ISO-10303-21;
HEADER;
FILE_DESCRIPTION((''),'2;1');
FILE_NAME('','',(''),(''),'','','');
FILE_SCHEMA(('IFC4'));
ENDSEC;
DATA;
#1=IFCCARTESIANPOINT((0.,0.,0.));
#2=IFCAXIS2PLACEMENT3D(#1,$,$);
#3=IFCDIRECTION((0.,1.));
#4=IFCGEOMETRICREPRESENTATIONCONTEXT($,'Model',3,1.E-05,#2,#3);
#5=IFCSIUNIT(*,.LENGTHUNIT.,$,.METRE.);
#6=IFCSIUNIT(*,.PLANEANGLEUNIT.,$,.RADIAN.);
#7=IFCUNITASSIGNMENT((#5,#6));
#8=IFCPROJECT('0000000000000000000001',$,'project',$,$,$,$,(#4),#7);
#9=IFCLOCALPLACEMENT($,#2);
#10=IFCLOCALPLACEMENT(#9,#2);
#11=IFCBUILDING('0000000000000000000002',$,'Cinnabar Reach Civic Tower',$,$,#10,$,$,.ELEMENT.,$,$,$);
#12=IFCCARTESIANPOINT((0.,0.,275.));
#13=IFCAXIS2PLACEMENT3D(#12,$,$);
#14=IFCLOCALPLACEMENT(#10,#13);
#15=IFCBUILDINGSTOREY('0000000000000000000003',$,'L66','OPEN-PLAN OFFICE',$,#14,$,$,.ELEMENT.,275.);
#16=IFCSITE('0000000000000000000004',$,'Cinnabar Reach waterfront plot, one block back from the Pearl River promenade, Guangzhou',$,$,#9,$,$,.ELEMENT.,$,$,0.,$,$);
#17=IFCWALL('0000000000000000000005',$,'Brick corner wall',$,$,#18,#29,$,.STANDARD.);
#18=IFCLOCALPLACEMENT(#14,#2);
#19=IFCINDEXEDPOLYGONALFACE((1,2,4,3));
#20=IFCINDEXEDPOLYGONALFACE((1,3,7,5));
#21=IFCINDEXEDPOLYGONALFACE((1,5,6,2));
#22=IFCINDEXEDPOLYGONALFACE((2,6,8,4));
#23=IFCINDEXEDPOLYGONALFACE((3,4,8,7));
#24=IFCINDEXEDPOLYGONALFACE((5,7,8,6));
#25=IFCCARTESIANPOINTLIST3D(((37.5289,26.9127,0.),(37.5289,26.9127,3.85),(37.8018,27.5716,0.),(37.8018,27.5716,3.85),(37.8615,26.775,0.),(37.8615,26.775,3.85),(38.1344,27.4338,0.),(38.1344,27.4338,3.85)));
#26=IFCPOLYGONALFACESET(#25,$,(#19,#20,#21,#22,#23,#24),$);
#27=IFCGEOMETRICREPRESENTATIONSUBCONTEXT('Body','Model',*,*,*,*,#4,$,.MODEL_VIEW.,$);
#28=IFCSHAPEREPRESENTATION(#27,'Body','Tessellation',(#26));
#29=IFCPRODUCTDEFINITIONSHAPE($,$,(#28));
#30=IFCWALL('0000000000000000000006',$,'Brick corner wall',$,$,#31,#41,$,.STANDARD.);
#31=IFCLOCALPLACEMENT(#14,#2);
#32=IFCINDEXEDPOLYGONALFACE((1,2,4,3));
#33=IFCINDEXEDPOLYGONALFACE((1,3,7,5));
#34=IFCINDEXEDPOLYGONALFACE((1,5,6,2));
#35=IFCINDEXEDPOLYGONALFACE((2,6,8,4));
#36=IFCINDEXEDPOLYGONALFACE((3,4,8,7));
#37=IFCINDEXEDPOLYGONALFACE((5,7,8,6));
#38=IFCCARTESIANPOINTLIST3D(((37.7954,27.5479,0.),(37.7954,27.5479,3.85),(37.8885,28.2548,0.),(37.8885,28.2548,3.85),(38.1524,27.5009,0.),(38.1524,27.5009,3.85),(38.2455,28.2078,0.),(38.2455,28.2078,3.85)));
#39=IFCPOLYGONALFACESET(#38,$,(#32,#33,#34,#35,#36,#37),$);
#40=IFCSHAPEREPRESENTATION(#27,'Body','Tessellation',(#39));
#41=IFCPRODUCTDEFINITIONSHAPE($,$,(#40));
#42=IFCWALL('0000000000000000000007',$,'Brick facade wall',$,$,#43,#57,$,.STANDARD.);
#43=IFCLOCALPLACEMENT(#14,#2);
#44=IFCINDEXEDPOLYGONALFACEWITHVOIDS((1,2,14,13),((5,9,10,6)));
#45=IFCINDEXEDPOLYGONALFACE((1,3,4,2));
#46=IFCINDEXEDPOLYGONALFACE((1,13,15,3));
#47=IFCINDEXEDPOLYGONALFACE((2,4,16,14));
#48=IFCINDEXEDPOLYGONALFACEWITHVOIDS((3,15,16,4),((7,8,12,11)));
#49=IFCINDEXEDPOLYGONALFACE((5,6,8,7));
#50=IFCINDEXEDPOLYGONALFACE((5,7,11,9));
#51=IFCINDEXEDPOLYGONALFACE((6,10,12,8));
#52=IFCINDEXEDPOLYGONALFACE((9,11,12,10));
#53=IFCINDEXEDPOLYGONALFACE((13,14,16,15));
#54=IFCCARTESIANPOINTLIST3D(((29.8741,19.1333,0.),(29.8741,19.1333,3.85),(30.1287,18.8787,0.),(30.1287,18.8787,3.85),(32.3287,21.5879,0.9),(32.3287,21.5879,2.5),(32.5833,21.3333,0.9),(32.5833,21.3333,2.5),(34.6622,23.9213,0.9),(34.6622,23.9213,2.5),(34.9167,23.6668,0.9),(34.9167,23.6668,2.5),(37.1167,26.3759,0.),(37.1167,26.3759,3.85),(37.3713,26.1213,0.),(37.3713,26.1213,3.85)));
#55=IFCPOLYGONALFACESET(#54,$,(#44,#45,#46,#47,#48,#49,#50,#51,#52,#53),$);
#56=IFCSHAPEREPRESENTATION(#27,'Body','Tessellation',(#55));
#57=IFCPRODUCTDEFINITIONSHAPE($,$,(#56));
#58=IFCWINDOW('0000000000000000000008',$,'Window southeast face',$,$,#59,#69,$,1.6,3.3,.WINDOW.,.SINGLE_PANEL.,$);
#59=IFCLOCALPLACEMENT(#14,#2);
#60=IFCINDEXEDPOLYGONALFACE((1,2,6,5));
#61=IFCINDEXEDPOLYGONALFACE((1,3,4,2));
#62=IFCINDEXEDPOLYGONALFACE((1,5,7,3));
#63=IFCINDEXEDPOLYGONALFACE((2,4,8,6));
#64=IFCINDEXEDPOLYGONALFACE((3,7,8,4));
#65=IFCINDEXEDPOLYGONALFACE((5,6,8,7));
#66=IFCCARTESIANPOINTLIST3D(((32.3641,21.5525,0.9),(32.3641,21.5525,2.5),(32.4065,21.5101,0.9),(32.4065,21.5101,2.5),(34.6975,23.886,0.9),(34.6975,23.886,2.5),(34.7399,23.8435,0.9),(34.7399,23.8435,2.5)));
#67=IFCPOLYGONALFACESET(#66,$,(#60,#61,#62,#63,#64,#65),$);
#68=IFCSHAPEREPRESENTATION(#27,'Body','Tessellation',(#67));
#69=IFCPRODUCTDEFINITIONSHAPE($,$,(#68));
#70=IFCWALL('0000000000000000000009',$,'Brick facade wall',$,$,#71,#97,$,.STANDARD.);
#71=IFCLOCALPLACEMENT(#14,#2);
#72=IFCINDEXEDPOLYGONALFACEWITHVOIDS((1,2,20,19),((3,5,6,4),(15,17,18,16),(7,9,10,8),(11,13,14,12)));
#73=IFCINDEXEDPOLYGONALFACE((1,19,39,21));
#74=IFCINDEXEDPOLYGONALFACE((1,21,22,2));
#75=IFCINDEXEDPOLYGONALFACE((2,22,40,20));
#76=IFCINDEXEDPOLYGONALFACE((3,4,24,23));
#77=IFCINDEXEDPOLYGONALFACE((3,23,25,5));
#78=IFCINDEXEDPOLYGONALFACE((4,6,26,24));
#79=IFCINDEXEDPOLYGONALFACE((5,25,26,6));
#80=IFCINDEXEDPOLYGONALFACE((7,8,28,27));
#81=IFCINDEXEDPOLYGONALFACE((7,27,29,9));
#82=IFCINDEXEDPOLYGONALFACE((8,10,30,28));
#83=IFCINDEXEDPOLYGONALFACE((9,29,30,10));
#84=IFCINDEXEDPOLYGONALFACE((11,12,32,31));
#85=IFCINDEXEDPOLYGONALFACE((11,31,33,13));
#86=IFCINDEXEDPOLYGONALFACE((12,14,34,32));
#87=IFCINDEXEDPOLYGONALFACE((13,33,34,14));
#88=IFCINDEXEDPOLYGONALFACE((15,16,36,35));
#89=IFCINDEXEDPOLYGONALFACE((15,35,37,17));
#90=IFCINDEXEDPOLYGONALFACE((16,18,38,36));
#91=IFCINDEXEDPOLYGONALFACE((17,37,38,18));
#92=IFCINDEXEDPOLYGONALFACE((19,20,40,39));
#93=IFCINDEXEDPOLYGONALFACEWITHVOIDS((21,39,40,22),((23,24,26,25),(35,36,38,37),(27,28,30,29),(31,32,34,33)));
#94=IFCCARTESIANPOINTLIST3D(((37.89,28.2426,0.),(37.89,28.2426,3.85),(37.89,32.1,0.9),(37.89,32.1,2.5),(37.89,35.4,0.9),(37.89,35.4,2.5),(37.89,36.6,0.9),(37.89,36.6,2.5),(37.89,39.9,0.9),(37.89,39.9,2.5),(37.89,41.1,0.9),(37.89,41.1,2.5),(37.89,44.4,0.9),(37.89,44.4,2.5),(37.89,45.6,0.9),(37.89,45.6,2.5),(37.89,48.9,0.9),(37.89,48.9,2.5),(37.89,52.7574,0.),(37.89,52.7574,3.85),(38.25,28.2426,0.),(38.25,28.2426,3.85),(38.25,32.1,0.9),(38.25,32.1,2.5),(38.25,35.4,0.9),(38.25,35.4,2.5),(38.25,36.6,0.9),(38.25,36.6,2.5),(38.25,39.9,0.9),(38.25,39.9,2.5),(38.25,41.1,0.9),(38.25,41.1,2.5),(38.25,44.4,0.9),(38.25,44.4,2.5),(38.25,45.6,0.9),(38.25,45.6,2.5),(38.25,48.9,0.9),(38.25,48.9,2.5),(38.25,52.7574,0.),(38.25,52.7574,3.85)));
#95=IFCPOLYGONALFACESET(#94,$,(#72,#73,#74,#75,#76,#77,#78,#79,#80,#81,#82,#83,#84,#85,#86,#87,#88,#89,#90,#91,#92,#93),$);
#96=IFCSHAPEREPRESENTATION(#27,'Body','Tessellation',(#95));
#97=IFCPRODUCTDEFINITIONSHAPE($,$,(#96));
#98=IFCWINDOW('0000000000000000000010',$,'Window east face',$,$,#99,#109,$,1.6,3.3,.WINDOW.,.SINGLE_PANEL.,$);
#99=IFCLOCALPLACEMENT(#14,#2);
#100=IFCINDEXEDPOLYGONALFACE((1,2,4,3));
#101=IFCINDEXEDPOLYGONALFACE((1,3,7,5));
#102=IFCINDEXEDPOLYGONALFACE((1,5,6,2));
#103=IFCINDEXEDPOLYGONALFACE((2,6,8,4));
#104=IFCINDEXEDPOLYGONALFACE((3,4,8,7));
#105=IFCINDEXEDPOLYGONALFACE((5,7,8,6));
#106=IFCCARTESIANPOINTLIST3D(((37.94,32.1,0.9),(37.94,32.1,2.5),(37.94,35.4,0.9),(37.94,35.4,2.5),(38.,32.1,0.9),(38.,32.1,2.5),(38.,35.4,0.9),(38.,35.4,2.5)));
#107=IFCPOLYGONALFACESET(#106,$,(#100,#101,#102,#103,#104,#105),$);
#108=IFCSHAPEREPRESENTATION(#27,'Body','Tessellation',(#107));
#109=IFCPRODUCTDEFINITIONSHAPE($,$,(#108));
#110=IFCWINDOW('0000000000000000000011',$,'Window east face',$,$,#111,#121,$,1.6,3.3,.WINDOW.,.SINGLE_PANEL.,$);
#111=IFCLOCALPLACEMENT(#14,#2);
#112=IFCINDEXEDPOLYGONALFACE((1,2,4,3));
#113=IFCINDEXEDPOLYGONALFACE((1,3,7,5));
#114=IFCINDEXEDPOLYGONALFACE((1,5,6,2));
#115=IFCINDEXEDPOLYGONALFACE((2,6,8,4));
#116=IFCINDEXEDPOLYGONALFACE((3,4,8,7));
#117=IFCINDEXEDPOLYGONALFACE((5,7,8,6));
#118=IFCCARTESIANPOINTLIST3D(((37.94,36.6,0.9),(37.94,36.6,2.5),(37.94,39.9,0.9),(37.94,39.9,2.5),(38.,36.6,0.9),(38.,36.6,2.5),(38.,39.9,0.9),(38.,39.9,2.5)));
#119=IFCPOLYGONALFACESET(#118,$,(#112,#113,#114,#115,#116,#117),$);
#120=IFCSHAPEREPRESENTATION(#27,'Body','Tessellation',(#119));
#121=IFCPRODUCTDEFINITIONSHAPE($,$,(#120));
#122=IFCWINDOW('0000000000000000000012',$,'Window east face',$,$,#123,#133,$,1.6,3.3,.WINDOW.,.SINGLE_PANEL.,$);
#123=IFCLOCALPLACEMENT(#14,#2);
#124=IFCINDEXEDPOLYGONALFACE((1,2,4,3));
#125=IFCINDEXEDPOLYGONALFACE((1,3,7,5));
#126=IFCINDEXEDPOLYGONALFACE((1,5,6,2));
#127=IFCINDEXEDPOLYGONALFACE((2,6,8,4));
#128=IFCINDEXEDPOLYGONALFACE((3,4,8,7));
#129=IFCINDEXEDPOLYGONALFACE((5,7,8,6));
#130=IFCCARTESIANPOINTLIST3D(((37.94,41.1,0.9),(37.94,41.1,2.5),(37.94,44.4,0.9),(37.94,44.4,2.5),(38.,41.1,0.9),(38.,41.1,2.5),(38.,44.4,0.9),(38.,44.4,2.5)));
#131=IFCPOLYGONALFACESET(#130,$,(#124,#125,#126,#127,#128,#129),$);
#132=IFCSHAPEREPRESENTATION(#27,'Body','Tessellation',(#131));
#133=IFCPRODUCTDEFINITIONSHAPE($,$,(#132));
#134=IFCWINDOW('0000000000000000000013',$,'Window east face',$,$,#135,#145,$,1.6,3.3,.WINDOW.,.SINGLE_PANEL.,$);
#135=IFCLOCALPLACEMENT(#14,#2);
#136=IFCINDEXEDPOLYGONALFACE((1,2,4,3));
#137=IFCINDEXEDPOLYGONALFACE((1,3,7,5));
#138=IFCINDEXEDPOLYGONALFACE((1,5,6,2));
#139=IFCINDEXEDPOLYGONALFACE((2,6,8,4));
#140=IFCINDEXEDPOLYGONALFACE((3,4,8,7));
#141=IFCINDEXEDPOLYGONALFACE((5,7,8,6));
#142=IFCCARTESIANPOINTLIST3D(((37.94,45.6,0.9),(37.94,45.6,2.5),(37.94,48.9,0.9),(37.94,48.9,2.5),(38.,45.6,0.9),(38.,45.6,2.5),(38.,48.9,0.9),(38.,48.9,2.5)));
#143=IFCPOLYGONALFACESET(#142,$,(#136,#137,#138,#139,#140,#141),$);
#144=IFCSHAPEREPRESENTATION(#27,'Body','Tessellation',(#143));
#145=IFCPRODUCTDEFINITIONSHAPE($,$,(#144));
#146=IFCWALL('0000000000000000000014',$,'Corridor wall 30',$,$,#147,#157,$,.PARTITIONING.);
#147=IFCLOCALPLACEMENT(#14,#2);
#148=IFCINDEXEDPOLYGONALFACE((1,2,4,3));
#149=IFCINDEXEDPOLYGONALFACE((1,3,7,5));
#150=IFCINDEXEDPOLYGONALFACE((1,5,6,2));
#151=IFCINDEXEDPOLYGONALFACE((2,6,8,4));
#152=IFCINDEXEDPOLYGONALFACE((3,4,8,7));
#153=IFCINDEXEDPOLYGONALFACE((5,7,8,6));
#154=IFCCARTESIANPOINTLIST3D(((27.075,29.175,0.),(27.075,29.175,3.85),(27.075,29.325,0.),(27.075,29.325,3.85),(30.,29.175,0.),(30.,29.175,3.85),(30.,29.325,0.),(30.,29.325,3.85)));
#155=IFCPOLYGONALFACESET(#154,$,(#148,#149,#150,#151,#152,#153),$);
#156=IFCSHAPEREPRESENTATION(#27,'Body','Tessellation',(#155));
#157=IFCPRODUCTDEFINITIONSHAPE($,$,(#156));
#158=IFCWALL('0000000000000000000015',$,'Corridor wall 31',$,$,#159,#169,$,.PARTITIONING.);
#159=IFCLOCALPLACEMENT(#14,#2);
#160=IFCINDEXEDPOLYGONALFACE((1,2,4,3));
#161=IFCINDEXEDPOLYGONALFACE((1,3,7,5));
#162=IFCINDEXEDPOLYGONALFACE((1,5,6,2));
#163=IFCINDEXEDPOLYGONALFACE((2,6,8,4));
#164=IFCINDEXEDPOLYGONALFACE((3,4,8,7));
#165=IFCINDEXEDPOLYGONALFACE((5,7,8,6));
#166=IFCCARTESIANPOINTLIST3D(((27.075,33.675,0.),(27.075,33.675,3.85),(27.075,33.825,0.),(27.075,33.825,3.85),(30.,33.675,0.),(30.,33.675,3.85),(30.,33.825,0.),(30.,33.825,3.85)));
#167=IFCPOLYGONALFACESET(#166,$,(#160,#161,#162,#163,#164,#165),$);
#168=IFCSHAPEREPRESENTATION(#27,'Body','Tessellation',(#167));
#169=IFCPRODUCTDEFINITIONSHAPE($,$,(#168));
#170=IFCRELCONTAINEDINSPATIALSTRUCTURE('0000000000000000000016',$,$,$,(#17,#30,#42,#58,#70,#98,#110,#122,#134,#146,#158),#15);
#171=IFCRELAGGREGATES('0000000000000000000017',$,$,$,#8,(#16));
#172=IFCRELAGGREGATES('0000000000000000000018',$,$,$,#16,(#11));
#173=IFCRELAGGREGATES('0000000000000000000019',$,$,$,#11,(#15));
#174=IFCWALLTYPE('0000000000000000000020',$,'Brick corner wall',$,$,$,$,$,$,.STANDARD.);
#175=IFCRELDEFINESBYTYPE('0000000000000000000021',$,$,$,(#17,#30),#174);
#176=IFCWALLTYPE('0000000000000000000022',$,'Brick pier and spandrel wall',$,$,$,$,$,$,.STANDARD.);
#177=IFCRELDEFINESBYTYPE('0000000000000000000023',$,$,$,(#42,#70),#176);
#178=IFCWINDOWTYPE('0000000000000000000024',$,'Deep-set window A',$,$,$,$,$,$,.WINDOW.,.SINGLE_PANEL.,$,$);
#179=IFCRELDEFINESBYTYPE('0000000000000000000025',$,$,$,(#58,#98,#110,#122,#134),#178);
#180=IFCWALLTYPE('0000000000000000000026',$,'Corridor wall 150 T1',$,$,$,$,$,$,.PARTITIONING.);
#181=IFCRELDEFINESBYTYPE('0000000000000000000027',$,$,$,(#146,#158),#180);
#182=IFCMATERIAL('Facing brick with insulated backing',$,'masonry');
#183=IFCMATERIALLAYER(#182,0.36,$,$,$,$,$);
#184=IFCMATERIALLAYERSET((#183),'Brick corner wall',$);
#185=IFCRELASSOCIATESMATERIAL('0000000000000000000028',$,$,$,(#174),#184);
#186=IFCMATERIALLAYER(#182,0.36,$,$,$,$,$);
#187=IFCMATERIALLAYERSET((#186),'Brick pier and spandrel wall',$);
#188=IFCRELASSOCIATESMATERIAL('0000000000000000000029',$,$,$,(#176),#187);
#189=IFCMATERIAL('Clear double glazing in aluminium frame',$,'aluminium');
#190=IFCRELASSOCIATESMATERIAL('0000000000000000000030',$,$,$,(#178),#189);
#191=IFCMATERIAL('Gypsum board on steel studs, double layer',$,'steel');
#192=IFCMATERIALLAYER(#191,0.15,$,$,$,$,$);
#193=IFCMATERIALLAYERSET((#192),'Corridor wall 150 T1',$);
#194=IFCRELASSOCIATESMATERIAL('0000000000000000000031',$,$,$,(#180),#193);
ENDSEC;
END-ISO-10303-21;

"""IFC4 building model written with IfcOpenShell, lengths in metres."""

from ifc_helpers import new_model, si_unit, direction, frame, frame_2d, origin, place, context, subcontext, project, spatial, rectangle, extrude, material, layer, layer_set, type_object, element, fill, save


model = new_model("IFC4")

# Units and contexts
model_context = context("Model", 3, precision=1e-05, world=origin(), true_north=direction((0.0, 1.0)))
body_context = subcontext(model_context, "Body", "Model", "MODEL_VIEW")
ifc_project = project(units=[si_unit("LENGTHUNIT", "METRE"), si_unit("PLANEANGLEUNIT", "RADIAN")], contexts=[model_context])

# Site, building, storey
site_placement = place(None, origin())
site = spatial("IfcSite", under=ifc_project, at=site_placement, Name="Cinnabar Reach waterfront plot, one block back from the Pearl River promenade, Guangzhou", CompositionType="ELEMENT", RefElevation=0.0)
building_placement = place(site_placement, origin())
building = spatial("IfcBuilding", under=site, at=building_placement, Name="Cinnabar Reach Civic Tower", CompositionType="ELEMENT")
storey_placement = place(building_placement, frame((0.0, 0.0, 275.0)))
storey = spatial("IfcBuildingStorey", under=building, at=storey_placement, Name="L66", Description="OPEN-PLAN OFFICE", CompositionType="ELEMENT", Elevation=275.0)

# Walls
ifc_material_1 = material(Name="Facing brick with insulated backing", Category="masonry")
ifc_layer_1 = layer(ifc_material_1, 0.36)
ifc_layer_set_1 = layer_set([ifc_layer_1], Name="Brick corner wall")
wall_type_1 = type_object("IfcWallType", Name="Brick corner wall", PredefinedType="STANDARD", material=ifc_layer_set_1)
for number, where, z_axis, x_axis, name in (
    (1, (37.6952, 26.8439, 0.0), (0.0, 0.0, 1.0), (0.382703, 0.923872, 0.0), "Brick corner wall"),
    (2, (37.9739, 27.5244, 0.0), (0.0, 0.0, 1.0), (0.130556, 0.991441, 0.0), "Brick corner wall"),
):
    element("IfcWall", number, at=place(storey_placement, frame(where, z_axis=z_axis, x_axis=x_axis)), inside=storey, type_object=wall_type_1, Name=name, PredefinedType="STANDARD", context=body_context, shape_type="SweptSolid", body=[
        extrude(rectangle(XDim=0.7131, YDim=0.36, at=frame_2d((0.3565, 0.0))), origin(), (0.0, 0.0, 1.0), 3.85),
    ])

# Wall, opening, window
ifc_layer_2 = layer(ifc_material_1, 0.36)
ifc_layer_set_2 = layer_set([ifc_layer_2], Name="Brick pier and spandrel wall")
wall_type_2 = type_object("IfcWallType", Name="Brick pier and spandrel wall", PredefinedType="STANDARD", material=ifc_layer_set_2)
wall_1_placement = place(storey_placement, frame((30.0014, 19.006, 0.0), z_axis=(0.0, 0.0, 1.0), x_axis=(0.707107, 0.707107, 0.0)))
wall_1 = element("IfcWall", 3, at=wall_1_placement, inside=storey, type_object=wall_type_2, Name="Brick facade wall", PredefinedType="STANDARD", context=body_context, shape_type="SweptSolid", body=[
    extrude(rectangle(XDim=10.2426, YDim=0.36, at=frame_2d((5.1213, 0.0))), origin(), (0.0, 0.0, 1.0), 3.85),
])
opening_1_placement = place(wall_1_placement, frame((3.4713, 0.0, 0.9)))
opening_1 = element("IfcOpeningElement", 4, at=opening_1_placement, cuts=wall_1, PredefinedType="OPENING", context=body_context, shape_type="SweptSolid", body=[
    extrude(rectangle(XDim=3.3, YDim=1.6, at=frame_2d((1.65, 0.8))), frame((0.0, 0.19, 0.0), z_axis=(0.0, -1.0, 0.0), x_axis=(1.0, 0.0, 0.0)), (0.0, 0.0, 1.0), 0.38),
])
ifc_material_2 = material(Name="Clear double glazing in aluminium frame", Category="aluminium")
window_type = type_object("IfcWindowType", Name="Deep-set window A", PartitioningType="SINGLE_PANEL", PredefinedType="WINDOW", material=ifc_material_2)
window_1_placement = place(opening_1_placement, origin())
window_1 = element("IfcWindow", 5, at=window_1_placement, inside=storey, type_object=window_type, Name="Window southeast face", OverallHeight=1.6, OverallWidth=3.3, PartitioningType="SINGLE_PANEL", PredefinedType="WINDOW", context=body_context, shape_type="SweptSolid", body=[
    extrude(rectangle(XDim=3.3, YDim=1.6, at=frame_2d((1.65, 0.8))), frame((0.0, 0.13, 0.0), z_axis=(0.0, -1.0, 0.0), x_axis=(1.0, 0.0, 0.0)), (0.0, 0.0, 1.0), 0.06),
])
fill(opening_1, window_1)

# Wall, openings, windows
wall_2_placement = place(storey_placement, frame((38.07, 28.2426, 0.0), z_axis=(0.0, 0.0, 1.0), x_axis=(0.0, 1.0, 0.0)))
wall_2 = element("IfcWall", 6, at=wall_2_placement, inside=storey, type_object=wall_type_2, Name="Brick facade wall", PredefinedType="STANDARD", context=body_context, shape_type="SweptSolid", body=[
    extrude(rectangle(XDim=24.5148, YDim=0.36, at=frame_2d((12.2574, 0.0))), origin(), (0.0, 0.0, 1.0), 3.85),
])
opening_2_placement = place(wall_2_placement, frame((3.8574, 0.0, 0.9)))
opening_2 = element("IfcOpeningElement", 7, at=opening_2_placement, cuts=wall_2, PredefinedType="OPENING", context=body_context, shape_type="SweptSolid", body=[
    extrude(rectangle(XDim=3.3, YDim=1.6, at=frame_2d((1.65, 0.8))), frame((0.0, 0.19, 0.0), z_axis=(0.0, -1.0, 0.0), x_axis=(1.0, 0.0, 0.0)), (0.0, 0.0, 1.0), 0.38),
])
opening_3_placement = place(wall_2_placement, frame((8.3574, 0.0, 0.9)))
opening_3 = element("IfcOpeningElement", 8, at=opening_3_placement, cuts=wall_2, PredefinedType="OPENING", context=body_context, shape_type="SweptSolid", body=[
    extrude(rectangle(XDim=3.3, YDim=1.6, at=frame_2d((1.65, 0.8))), frame((0.0, 0.19, 0.0), z_axis=(0.0, -1.0, 0.0), x_axis=(1.0, 0.0, 0.0)), (0.0, 0.0, 1.0), 0.38),
])
opening_4_placement = place(wall_2_placement, frame((12.8574, 0.0, 0.9)))
opening_4 = element("IfcOpeningElement", 9, at=opening_4_placement, cuts=wall_2, PredefinedType="OPENING", context=body_context, shape_type="SweptSolid", body=[
    extrude(rectangle(XDim=3.3, YDim=1.6, at=frame_2d((1.65, 0.8))), frame((0.0, 0.19, 0.0), z_axis=(0.0, -1.0, 0.0), x_axis=(1.0, 0.0, 0.0)), (0.0, 0.0, 1.0), 0.38),
])
opening_5_placement = place(wall_2_placement, frame((17.3574, 0.0, 0.9)))
opening_5 = element("IfcOpeningElement", 10, at=opening_5_placement, cuts=wall_2, PredefinedType="OPENING", context=body_context, shape_type="SweptSolid", body=[
    extrude(rectangle(XDim=3.3, YDim=1.6, at=frame_2d((1.65, 0.8))), frame((0.0, 0.19, 0.0), z_axis=(0.0, -1.0, 0.0), x_axis=(1.0, 0.0, 0.0)), (0.0, 0.0, 1.0), 0.38),
])
window_2_placement = place(opening_2_placement, origin())
window_2 = element("IfcWindow", 11, at=window_2_placement, inside=storey, type_object=window_type, Name="Window east face", OverallHeight=1.6, OverallWidth=3.3, PartitioningType="SINGLE_PANEL", PredefinedType="WINDOW", context=body_context, shape_type="SweptSolid", body=[
    extrude(rectangle(XDim=3.3, YDim=1.6, at=frame_2d((1.65, 0.8))), frame((0.0, 0.13, 0.0), z_axis=(0.0, -1.0, 0.0), x_axis=(1.0, 0.0, 0.0)), (0.0, 0.0, 1.0), 0.06),
])
fill(opening_2, window_2)
window_3_placement = place(opening_3_placement, origin())
window_3 = element("IfcWindow", 12, at=window_3_placement, inside=storey, type_object=window_type, Name="Window east face", OverallHeight=1.6, OverallWidth=3.3, PartitioningType="SINGLE_PANEL", PredefinedType="WINDOW", context=body_context, shape_type="SweptSolid", body=[
    extrude(rectangle(XDim=3.3, YDim=1.6, at=frame_2d((1.65, 0.8))), frame((0.0, 0.13, 0.0), z_axis=(0.0, -1.0, 0.0), x_axis=(1.0, 0.0, 0.0)), (0.0, 0.0, 1.0), 0.06),
])
fill(opening_3, window_3)
window_4_placement = place(opening_4_placement, origin())
window_4 = element("IfcWindow", 13, at=window_4_placement, inside=storey, type_object=window_type, Name="Window east face", OverallHeight=1.6, OverallWidth=3.3, PartitioningType="SINGLE_PANEL", PredefinedType="WINDOW", context=body_context, shape_type="SweptSolid", body=[
    extrude(rectangle(XDim=3.3, YDim=1.6, at=frame_2d((1.65, 0.8))), frame((0.0, 0.13, 0.0), z_axis=(0.0, -1.0, 0.0), x_axis=(1.0, 0.0, 0.0)), (0.0, 0.0, 1.0), 0.06),
])
fill(opening_4, window_4)
window_5_placement = place(opening_5_placement, origin())
window_5 = element("IfcWindow", 14, at=window_5_placement, inside=storey, type_object=window_type, Name="Window east face", OverallHeight=1.6, OverallWidth=3.3, PartitioningType="SINGLE_PANEL", PredefinedType="WINDOW", context=body_context, shape_type="SweptSolid", body=[
    extrude(rectangle(XDim=3.3, YDim=1.6, at=frame_2d((1.65, 0.8))), frame((0.0, 0.13, 0.0), z_axis=(0.0, -1.0, 0.0), x_axis=(1.0, 0.0, 0.0)), (0.0, 0.0, 1.0), 0.06),
])
fill(opening_5, window_5)

# Walls
ifc_material_3 = material(Name="Gypsum board on steel studs, double layer", Category="steel")
ifc_layer_3 = layer(ifc_material_3, 0.15)
ifc_layer_set_3 = layer_set([ifc_layer_3], Name="Corridor wall 150 T1")
wall_type_3 = type_object("IfcWallType", Name="Corridor wall 150 T1", PredefinedType="PARTITIONING", material=ifc_layer_set_3)
for number, where, z_axis, x_axis, name in (
    (15, (27.075, 29.25, 0.0), (0.0, 0.0, 1.0), (1.0, 0.0, 0.0), "Corridor wall 30"),
    (16, (27.075, 33.75, 0.0), (0.0, 0.0, 1.0), (1.0, 0.0, 0.0), "Corridor wall 31"),
):
    element("IfcWall", number, at=place(storey_placement, frame(where, z_axis=z_axis, x_axis=x_axis)), inside=storey, type_object=wall_type_3, Name=name, PredefinedType="PARTITIONING", context=body_context, shape_type="SweptSolid", body=[
        extrude(rectangle(XDim=2.925, YDim=0.15, at=frame_2d((1.4625, 0.0))), origin(), (0.0, 0.0, 1.0), 3.85),
    ])

save(model, "model.ifc")
